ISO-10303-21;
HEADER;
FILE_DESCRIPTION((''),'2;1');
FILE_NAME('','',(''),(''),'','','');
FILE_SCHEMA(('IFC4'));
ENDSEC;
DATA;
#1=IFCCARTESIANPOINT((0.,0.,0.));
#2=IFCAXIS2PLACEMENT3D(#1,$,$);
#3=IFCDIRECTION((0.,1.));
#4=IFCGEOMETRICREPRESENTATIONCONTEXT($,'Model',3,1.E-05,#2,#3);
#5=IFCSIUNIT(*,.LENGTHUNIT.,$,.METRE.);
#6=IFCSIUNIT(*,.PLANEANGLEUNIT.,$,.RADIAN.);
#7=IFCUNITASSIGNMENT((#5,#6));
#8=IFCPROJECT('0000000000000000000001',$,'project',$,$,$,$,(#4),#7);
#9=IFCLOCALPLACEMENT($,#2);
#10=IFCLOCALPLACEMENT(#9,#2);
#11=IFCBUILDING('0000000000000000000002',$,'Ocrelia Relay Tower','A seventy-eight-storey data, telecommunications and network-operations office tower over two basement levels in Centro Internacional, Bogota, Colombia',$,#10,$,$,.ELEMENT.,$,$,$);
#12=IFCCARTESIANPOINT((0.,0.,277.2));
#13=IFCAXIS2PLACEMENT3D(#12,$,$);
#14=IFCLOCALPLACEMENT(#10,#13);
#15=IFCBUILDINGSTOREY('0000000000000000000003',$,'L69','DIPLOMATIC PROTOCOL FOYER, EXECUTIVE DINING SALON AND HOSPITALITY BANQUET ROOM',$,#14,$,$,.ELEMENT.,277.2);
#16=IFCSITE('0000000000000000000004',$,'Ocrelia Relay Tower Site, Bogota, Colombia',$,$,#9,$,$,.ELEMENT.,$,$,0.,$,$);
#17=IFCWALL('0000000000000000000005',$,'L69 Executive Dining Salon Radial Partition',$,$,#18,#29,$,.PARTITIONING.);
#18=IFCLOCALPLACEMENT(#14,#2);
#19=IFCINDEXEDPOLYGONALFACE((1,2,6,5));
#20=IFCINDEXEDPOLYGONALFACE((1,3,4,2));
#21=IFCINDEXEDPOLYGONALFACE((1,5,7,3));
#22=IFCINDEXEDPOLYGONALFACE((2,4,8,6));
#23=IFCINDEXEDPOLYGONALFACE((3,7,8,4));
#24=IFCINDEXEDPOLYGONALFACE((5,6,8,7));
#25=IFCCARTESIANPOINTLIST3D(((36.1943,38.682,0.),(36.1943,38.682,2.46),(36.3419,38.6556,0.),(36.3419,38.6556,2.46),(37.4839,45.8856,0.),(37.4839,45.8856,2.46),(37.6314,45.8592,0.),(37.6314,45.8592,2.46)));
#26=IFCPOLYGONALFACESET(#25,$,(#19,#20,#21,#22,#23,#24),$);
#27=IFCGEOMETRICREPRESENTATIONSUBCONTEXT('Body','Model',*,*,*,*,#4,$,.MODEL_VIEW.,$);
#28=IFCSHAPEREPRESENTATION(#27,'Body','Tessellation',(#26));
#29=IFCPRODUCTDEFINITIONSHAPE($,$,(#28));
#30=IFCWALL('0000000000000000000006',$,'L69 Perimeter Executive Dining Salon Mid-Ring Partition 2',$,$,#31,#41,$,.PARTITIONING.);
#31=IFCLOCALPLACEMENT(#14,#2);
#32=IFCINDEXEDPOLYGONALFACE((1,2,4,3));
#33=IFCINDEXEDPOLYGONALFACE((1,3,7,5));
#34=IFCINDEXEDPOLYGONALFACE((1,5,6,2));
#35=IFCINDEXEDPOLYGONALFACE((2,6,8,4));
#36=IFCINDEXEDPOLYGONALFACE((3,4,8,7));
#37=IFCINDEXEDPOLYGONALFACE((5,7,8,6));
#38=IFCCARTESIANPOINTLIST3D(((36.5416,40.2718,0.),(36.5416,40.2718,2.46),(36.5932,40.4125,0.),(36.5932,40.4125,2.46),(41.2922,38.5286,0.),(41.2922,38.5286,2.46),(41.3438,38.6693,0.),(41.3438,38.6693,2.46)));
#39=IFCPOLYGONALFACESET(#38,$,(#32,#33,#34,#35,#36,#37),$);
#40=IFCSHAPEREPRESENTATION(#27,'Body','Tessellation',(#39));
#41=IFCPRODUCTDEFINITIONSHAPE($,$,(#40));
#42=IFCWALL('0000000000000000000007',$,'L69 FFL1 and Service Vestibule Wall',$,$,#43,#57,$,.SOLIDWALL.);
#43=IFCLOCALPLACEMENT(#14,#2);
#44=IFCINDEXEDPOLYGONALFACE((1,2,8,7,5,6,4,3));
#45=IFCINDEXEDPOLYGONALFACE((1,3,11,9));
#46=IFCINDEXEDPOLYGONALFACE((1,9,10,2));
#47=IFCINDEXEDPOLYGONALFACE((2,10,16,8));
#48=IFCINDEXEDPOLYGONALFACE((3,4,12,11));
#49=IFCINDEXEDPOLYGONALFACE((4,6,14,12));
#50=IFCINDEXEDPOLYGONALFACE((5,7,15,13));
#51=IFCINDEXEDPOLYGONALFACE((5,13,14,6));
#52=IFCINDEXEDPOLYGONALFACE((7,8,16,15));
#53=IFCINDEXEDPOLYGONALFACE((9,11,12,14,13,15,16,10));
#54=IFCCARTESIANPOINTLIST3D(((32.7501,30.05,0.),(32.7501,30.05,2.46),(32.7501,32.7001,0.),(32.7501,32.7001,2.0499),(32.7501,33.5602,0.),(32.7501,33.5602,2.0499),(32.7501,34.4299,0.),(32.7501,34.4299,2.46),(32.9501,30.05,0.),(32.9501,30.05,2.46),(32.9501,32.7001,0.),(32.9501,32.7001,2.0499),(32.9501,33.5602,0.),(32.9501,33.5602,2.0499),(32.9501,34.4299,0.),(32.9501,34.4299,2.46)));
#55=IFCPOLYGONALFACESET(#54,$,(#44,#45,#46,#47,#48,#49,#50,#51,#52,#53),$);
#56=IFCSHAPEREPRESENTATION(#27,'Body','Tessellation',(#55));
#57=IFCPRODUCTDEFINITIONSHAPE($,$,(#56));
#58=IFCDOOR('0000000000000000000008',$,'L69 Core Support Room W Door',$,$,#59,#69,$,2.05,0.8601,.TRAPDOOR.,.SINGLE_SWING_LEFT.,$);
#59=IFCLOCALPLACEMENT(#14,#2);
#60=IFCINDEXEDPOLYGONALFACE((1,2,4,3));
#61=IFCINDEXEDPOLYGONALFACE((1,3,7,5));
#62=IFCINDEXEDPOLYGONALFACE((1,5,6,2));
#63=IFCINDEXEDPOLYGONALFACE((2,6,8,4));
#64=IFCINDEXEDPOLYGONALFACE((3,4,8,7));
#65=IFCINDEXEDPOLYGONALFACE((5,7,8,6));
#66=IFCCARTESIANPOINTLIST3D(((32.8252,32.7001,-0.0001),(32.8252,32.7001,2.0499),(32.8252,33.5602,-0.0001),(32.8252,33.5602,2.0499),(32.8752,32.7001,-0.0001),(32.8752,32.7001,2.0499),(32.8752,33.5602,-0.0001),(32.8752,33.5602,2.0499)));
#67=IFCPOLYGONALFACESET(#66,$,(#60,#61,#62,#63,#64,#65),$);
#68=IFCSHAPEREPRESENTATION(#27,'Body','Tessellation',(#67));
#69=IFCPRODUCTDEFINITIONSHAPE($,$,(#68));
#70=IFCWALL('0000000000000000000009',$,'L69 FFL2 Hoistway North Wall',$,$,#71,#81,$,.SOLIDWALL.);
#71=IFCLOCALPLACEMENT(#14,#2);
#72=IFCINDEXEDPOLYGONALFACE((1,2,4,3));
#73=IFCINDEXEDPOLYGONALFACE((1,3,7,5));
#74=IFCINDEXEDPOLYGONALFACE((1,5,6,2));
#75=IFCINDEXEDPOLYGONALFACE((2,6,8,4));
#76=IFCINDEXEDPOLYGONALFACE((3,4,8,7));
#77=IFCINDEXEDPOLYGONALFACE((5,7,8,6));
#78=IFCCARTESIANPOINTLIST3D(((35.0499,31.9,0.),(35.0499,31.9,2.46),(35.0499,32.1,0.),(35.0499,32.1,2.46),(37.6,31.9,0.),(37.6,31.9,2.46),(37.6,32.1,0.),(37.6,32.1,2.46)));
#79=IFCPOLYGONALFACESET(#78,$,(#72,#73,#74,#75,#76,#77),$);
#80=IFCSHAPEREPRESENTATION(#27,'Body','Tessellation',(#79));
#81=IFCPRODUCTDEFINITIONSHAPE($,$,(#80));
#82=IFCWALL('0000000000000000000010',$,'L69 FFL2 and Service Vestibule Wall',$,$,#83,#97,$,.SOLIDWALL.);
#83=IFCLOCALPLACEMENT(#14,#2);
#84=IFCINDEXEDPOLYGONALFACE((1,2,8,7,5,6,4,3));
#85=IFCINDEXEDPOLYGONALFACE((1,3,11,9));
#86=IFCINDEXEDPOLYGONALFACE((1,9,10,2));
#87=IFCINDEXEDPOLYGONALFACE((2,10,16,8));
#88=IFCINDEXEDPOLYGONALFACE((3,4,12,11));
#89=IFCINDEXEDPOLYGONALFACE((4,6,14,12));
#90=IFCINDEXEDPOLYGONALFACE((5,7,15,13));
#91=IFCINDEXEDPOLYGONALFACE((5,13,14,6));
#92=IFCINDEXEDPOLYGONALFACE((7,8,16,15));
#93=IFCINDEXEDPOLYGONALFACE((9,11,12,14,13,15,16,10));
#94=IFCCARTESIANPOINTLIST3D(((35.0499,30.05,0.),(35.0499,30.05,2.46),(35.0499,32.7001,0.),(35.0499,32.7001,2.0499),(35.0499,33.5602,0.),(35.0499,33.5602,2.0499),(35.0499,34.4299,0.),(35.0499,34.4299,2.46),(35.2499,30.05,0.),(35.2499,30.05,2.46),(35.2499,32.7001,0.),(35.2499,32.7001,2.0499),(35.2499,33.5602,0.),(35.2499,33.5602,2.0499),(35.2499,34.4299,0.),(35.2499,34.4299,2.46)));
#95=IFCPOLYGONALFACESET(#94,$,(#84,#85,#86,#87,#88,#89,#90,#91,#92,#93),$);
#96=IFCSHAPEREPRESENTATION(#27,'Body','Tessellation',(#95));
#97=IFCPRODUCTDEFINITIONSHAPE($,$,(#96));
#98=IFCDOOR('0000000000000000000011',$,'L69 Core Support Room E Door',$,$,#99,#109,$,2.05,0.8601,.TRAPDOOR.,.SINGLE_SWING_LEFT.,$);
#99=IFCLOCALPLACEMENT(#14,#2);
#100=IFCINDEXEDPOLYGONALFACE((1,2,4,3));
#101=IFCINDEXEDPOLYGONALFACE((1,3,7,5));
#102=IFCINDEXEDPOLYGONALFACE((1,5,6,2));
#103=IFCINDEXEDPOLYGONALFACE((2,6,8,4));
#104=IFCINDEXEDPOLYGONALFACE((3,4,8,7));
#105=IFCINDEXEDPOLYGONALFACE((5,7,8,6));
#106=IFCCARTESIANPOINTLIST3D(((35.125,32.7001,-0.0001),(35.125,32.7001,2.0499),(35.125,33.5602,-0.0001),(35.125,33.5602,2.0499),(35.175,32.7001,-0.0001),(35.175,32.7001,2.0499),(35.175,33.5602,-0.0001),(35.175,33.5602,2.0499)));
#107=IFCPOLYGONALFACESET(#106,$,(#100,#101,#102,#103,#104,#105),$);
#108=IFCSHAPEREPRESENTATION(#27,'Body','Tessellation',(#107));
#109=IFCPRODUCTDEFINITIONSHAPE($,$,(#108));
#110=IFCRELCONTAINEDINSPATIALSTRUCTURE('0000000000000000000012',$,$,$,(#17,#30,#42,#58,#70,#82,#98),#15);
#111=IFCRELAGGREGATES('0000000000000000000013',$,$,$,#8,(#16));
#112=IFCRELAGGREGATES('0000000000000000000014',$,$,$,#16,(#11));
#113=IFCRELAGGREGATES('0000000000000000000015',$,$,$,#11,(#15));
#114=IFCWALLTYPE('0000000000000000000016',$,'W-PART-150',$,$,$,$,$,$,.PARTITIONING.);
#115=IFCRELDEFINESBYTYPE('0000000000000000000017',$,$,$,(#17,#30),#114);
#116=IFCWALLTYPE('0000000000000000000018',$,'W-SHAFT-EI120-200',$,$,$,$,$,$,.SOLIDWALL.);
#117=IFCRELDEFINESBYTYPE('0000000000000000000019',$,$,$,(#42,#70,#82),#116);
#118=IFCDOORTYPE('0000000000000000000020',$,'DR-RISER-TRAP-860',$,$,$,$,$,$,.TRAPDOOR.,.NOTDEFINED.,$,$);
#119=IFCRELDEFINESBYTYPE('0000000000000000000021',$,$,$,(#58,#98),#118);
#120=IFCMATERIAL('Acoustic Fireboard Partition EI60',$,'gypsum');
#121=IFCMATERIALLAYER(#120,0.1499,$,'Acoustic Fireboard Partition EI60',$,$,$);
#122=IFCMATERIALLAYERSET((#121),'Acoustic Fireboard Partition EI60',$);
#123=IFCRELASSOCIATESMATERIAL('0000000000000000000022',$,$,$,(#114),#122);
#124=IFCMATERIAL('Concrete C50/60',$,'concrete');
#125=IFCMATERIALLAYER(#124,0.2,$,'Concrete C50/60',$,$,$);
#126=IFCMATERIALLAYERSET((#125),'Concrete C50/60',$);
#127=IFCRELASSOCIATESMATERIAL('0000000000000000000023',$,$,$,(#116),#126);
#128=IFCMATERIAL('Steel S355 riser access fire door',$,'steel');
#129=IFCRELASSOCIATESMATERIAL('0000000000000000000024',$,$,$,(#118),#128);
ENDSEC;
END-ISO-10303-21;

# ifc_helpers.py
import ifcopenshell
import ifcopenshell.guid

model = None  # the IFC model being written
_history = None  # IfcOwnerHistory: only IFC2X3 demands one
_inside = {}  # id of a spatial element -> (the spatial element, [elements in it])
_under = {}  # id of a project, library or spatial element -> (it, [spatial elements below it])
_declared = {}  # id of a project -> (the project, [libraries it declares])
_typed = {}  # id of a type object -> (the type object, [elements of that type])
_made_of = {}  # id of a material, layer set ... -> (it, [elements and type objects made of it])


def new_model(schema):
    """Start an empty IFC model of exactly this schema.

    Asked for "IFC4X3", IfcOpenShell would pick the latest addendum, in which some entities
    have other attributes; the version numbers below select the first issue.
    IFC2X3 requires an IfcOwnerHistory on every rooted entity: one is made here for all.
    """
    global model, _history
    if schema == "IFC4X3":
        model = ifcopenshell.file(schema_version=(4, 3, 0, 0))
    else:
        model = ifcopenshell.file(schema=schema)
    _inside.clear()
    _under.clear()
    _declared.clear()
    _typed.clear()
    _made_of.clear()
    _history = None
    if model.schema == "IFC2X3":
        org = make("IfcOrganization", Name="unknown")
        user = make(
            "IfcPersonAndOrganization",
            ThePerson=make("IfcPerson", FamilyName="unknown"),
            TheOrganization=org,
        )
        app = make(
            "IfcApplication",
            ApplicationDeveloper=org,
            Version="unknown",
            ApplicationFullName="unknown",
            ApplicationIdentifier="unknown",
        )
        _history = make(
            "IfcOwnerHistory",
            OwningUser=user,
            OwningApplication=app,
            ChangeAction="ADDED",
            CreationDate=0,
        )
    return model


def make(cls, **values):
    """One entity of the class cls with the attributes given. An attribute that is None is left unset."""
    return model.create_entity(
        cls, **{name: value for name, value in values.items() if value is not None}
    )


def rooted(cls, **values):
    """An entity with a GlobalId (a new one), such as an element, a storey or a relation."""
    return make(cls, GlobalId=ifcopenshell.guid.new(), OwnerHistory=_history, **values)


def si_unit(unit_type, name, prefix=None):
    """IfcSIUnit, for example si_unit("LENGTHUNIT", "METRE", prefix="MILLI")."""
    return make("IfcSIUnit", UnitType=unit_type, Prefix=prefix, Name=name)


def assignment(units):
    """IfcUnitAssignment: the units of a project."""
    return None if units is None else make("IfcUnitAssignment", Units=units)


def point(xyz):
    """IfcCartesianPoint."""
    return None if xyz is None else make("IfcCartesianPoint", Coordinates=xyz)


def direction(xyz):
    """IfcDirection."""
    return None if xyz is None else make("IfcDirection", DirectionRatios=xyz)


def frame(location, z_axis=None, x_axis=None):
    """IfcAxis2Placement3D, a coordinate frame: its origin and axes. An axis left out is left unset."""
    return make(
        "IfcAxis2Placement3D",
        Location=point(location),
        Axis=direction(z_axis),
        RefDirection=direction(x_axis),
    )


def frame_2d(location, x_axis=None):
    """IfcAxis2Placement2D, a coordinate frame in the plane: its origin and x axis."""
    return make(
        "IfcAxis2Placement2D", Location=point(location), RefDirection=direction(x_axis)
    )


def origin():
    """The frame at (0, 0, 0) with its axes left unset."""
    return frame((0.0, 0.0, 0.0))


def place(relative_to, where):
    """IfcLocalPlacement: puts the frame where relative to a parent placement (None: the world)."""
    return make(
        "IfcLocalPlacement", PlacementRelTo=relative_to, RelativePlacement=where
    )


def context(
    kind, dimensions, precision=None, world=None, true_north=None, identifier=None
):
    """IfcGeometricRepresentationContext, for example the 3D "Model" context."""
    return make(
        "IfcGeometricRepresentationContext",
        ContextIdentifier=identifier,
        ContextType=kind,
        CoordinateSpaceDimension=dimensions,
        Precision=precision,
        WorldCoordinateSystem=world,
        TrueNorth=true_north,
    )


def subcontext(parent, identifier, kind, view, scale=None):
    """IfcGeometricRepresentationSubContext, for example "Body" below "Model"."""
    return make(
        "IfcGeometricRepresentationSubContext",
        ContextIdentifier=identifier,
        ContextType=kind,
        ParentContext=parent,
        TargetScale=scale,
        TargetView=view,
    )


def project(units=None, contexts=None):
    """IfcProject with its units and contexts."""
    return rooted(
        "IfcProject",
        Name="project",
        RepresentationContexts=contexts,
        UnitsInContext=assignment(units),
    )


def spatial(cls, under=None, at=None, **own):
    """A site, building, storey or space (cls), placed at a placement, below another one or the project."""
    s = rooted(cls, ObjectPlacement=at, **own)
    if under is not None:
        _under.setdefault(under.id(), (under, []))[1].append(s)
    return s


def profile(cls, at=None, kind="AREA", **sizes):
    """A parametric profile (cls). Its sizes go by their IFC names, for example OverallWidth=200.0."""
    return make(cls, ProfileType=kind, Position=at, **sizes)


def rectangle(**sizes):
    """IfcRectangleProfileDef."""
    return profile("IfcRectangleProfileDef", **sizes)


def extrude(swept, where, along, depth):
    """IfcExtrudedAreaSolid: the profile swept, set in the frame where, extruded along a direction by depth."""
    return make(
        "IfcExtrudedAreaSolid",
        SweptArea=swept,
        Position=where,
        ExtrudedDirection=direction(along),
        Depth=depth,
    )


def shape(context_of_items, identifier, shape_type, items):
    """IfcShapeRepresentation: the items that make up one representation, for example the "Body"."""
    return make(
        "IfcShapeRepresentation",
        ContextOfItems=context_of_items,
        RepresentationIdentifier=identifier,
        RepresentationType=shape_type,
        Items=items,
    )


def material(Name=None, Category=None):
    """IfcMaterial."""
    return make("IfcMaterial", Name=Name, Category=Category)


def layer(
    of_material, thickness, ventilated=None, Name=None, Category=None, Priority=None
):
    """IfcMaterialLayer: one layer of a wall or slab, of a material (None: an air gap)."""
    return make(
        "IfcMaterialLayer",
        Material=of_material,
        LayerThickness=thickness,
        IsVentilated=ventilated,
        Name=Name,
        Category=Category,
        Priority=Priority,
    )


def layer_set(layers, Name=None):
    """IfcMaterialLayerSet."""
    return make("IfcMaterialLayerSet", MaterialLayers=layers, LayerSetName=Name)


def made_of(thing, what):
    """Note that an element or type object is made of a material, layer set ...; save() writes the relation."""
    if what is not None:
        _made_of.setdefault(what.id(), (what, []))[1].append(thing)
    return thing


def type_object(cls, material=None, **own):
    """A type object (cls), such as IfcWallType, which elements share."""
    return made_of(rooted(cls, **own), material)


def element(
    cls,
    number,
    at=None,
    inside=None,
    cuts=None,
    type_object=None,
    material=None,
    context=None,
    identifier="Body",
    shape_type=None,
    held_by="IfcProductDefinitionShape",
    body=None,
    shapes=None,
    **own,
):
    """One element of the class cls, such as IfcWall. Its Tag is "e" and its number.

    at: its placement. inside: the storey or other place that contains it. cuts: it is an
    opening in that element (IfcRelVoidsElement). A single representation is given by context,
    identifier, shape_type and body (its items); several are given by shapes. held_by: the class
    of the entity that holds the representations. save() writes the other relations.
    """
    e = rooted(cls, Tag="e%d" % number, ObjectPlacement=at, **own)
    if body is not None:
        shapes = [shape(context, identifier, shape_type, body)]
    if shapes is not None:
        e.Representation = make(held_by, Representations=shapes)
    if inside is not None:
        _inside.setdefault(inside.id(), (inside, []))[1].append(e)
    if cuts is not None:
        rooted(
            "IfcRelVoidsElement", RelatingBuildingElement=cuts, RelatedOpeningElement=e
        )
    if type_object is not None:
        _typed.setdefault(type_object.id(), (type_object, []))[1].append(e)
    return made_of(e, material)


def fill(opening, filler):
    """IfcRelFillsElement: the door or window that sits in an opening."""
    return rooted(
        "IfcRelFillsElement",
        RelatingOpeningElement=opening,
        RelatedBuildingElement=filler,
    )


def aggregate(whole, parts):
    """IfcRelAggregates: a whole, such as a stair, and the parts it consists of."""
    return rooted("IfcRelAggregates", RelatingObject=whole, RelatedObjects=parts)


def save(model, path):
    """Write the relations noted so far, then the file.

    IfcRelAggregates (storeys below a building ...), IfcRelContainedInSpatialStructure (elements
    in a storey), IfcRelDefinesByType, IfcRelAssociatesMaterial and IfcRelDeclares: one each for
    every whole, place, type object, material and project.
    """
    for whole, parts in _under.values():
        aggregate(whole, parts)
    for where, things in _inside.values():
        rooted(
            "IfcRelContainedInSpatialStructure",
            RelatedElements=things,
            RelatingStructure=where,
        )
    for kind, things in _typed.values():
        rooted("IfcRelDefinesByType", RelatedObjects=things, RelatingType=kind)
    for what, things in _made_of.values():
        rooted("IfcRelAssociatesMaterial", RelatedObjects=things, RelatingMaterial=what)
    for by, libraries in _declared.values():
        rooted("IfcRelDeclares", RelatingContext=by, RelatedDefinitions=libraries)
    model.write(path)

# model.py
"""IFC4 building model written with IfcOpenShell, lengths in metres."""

from ifc_helpers import new_model, si_unit, direction, frame, frame_2d, origin, place, context, subcontext, project, spatial, rectangle, extrude, material, layer, layer_set, type_object, element, fill, save


model = new_model("IFC4")

# Units and contexts
model_context = context("Model", 3, precision=1e-05, world=origin(), true_north=direction((0.0, 1.0)))
body_context = subcontext(model_context, "Body", "Model", "MODEL_VIEW")
ifc_project = project(units=[si_unit("LENGTHUNIT", "METRE"), si_unit("PLANEANGLEUNIT", "RADIAN")], contexts=[model_context])

# Site, building, storey
site_placement = place(None, origin())
site = spatial("IfcSite", under=ifc_project, at=site_placement, Name="Ocrelia Relay Tower Site, Bogota, Colombia", CompositionType="ELEMENT", RefElevation=0.0)
building_placement = place(site_placement, origin())
building = spatial("IfcBuilding", under=site, at=building_placement, Name="Ocrelia Relay Tower", Description="A seventy-eight-storey data, telecommunications and network-operations office tower over two basement levels in Centro Internacional, Bogota, Colombia", CompositionType="ELEMENT")
storey_placement = place(building_placement, frame((0.0, 0.0, 277.2)))
storey = spatial("IfcBuildingStorey", under=building, at=storey_placement, Name="L69", Description="DIPLOMATIC PROTOCOL FOYER, EXECUTIVE DINING SALON AND HOSPITALITY BANQUET ROOM", CompositionType="ELEMENT", Elevation=277.2)

# Shared definitions
ifc_material_1 = material(Name="Concrete C50/60", Category="concrete")

# Walls
ifc_material_2 = material(Name="Acoustic Fireboard Partition EI60", Category="gypsum")
ifc_layer_1 = layer(ifc_material_2, 0.1499, Name="Acoustic Fireboard Partition EI60")
ifc_layer_set_1 = layer_set([ifc_layer_1], Name="Acoustic Fireboard Partition EI60")
wall_type_1 = type_object("IfcWallType", Name="W-PART-150", PredefinedType="PARTITIONING", material=ifc_layer_set_1)
wall_1_placement = place(storey_placement, frame((36.2681, 38.6687, 0.0), z_axis=(0.0, 0.0, 1.0), x_axis=(0.176213, 0.984352, 0.0)))
element("IfcWall", 1, at=wall_1_placement, inside=storey, type_object=wall_type_1, Name="L69 Executive Dining Salon Radial Partition", PredefinedType="PARTITIONING", context=body_context, shape_type="SweptSolid", body=[
    extrude(rectangle(XDim=7.3181, YDim=0.1499, at=frame_2d((3.6592, 0.0))), origin(), (0.0, 0.0, 1.0), 2.46),
])
wall_2_placement = place(storey_placement, frame((41.3181, 38.5989, 0.0), z_axis=(0.0, 0.0, 1.0), x_axis=(-0.938792, 0.344484, 0.0)))
element("IfcWall", 2, at=wall_2_placement, inside=storey, type_object=wall_type_1, Name="L69 Perimeter Executive Dining Salon Mid-Ring Partition 2", PredefinedType="PARTITIONING", context=body_context, shape_type="SweptSolid", body=[
    extrude(rectangle(XDim=5.0603, YDim=0.1499, at=frame_2d((2.5303, 0.0))), origin(), (0.0, 0.0, 1.0), 2.46),
])

# Wall, opening, door
ifc_layer_2 = layer(ifc_material_1, 0.2, Name="Concrete C50/60")
ifc_layer_set_2 = layer_set([ifc_layer_2], Name="Concrete C50/60")
wall_type_2 = type_object("IfcWallType", Name="W-SHAFT-EI120-200", PredefinedType="SOLIDWALL", material=ifc_layer_set_2)
wall_3_placement = place(storey_placement, frame((32.8501, 30.05, 0.0), z_axis=(0.0, 0.0, 1.0), x_axis=(0.0, 1.0, 0.0)))
wall_3 = element("IfcWall", 3, at=wall_3_placement, inside=storey, type_object=wall_type_2, Name="L69 FFL1 and Service Vestibule Wall", PredefinedType="SOLIDWALL", context=body_context, shape_type="SweptSolid", body=[
    extrude(rectangle(XDim=4.3799, YDim=0.2, at=frame_2d((2.1899, 0.0))), origin(), (0.0, 0.0, 1.0), 2.46),
])
opening_1_placement = place(wall_3_placement, frame((2.6499, 0.0, 0.0)))
opening_1 = element("IfcOpeningElement", 4, at=opening_1_placement, cuts=wall_3, PredefinedType="OPENING", context=body_context, shape_type="SweptSolid", body=[
    extrude(rectangle(XDim=0.8601, YDim=2.05, at=frame_2d((0.4302, 1.0249))), frame((0.0, 0.1099, 0.0), z_axis=(0.0, -1.0, 0.0), x_axis=(1.0, 0.0, 0.0)), (0.0, 0.0, 1.0), 0.22),
])
ifc_material_3 = material(Name="Steel S355 riser access fire door", Category="steel")
door_type_1 = type_object("IfcDoorType", Name="DR-RISER-TRAP-860", OperationType="NOTDEFINED", PredefinedType="TRAPDOOR", material=ifc_material_3)
door_1_placement = place(opening_1_placement, origin())
door_1 = element("IfcDoor", 5, at=door_1_placement, inside=storey, type_object=door_type_1, Name="L69 Core Support Room W Door", OperationType="SINGLE_SWING_LEFT", OverallHeight=2.05, OverallWidth=0.8601, PredefinedType="TRAPDOOR", context=body_context, shape_type="SweptSolid", body=[
    extrude(rectangle(XDim=0.8601, YDim=2.05, at=frame_2d((0.4302, 1.0249))), frame((0.0, 0.0249, 0.0), z_axis=(0.0, -1.0, 0.0), x_axis=(1.0, 0.0, 0.0)), (0.0, 0.0, 1.0), 0.05),
])
fill(opening_1, door_1)

# Wall
wall_4_placement = place(storey_placement, frame((35.05, 32.0, 0.0), z_axis=(0.0, 0.0, 1.0), x_axis=(1.0, 0.0, 0.0)))
element("IfcWall", 6, at=wall_4_placement, inside=storey, type_object=wall_type_2, Name="L69 FFL2 Hoistway North Wall", PredefinedType="SOLIDWALL", context=body_context, shape_type="SweptSolid", body=[
    extrude(rectangle(XDim=2.55, YDim=0.2, at=frame_2d((1.2749, 0.0))), origin(), (0.0, 0.0, 1.0), 2.46),
])

# Wall, opening, door
wall_5_placement = place(storey_placement, frame((35.1499, 30.05, 0.0), z_axis=(0.0, 0.0, 1.0), x_axis=(0.0, 1.0, 0.0)))
wall_5 = element("IfcWall", 7, at=wall_5_placement, inside=storey, type_object=wall_type_2, Name="L69 FFL2 and Service Vestibule Wall", PredefinedType="SOLIDWALL", context=body_context, shape_type="SweptSolid", body=[
    extrude(rectangle(XDim=4.3799, YDim=0.2, at=frame_2d((2.1899, 0.0))), origin(), (0.0, 0.0, 1.0), 2.46),
])
opening_2_placement = place(wall_5_placement, frame((2.6499, 0.0, 0.0)))
opening_2 = element("IfcOpeningElement", 8, at=opening_2_placement, cuts=wall_5, PredefinedType="OPENING", context=body_context, shape_type="SweptSolid", body=[
    extrude(rectangle(XDim=0.8601, YDim=2.05, at=frame_2d((0.4302, 1.0249))), frame((0.0, 0.1099, 0.0), z_axis=(0.0, -1.0, 0.0), x_axis=(1.0, 0.0, 0.0)), (0.0, 0.0, 1.0), 0.22),
])
door_2_placement = place(opening_2_placement, origin())
door_2 = element("IfcDoor", 9, at=door_2_placement, inside=storey, type_object=door_type_1, Name="L69 Core Support Room E Door", OperationType="SINGLE_SWING_LEFT", OverallHeight=2.05, OverallWidth=0.8601, PredefinedType="TRAPDOOR", context=body_context, shape_type="SweptSolid", body=[
    extrude(rectangle(XDim=0.8601, YDim=2.05, at=frame_2d((0.4302, 1.0249))), frame((0.0, 0.0249, 0.0), z_axis=(0.0, -1.0, 0.0), x_axis=(1.0, 0.0, 0.0)), (0.0, 0.0, 1.0), 0.05),
])
fill(opening_2, door_2)

save(model, "model.ifc")
